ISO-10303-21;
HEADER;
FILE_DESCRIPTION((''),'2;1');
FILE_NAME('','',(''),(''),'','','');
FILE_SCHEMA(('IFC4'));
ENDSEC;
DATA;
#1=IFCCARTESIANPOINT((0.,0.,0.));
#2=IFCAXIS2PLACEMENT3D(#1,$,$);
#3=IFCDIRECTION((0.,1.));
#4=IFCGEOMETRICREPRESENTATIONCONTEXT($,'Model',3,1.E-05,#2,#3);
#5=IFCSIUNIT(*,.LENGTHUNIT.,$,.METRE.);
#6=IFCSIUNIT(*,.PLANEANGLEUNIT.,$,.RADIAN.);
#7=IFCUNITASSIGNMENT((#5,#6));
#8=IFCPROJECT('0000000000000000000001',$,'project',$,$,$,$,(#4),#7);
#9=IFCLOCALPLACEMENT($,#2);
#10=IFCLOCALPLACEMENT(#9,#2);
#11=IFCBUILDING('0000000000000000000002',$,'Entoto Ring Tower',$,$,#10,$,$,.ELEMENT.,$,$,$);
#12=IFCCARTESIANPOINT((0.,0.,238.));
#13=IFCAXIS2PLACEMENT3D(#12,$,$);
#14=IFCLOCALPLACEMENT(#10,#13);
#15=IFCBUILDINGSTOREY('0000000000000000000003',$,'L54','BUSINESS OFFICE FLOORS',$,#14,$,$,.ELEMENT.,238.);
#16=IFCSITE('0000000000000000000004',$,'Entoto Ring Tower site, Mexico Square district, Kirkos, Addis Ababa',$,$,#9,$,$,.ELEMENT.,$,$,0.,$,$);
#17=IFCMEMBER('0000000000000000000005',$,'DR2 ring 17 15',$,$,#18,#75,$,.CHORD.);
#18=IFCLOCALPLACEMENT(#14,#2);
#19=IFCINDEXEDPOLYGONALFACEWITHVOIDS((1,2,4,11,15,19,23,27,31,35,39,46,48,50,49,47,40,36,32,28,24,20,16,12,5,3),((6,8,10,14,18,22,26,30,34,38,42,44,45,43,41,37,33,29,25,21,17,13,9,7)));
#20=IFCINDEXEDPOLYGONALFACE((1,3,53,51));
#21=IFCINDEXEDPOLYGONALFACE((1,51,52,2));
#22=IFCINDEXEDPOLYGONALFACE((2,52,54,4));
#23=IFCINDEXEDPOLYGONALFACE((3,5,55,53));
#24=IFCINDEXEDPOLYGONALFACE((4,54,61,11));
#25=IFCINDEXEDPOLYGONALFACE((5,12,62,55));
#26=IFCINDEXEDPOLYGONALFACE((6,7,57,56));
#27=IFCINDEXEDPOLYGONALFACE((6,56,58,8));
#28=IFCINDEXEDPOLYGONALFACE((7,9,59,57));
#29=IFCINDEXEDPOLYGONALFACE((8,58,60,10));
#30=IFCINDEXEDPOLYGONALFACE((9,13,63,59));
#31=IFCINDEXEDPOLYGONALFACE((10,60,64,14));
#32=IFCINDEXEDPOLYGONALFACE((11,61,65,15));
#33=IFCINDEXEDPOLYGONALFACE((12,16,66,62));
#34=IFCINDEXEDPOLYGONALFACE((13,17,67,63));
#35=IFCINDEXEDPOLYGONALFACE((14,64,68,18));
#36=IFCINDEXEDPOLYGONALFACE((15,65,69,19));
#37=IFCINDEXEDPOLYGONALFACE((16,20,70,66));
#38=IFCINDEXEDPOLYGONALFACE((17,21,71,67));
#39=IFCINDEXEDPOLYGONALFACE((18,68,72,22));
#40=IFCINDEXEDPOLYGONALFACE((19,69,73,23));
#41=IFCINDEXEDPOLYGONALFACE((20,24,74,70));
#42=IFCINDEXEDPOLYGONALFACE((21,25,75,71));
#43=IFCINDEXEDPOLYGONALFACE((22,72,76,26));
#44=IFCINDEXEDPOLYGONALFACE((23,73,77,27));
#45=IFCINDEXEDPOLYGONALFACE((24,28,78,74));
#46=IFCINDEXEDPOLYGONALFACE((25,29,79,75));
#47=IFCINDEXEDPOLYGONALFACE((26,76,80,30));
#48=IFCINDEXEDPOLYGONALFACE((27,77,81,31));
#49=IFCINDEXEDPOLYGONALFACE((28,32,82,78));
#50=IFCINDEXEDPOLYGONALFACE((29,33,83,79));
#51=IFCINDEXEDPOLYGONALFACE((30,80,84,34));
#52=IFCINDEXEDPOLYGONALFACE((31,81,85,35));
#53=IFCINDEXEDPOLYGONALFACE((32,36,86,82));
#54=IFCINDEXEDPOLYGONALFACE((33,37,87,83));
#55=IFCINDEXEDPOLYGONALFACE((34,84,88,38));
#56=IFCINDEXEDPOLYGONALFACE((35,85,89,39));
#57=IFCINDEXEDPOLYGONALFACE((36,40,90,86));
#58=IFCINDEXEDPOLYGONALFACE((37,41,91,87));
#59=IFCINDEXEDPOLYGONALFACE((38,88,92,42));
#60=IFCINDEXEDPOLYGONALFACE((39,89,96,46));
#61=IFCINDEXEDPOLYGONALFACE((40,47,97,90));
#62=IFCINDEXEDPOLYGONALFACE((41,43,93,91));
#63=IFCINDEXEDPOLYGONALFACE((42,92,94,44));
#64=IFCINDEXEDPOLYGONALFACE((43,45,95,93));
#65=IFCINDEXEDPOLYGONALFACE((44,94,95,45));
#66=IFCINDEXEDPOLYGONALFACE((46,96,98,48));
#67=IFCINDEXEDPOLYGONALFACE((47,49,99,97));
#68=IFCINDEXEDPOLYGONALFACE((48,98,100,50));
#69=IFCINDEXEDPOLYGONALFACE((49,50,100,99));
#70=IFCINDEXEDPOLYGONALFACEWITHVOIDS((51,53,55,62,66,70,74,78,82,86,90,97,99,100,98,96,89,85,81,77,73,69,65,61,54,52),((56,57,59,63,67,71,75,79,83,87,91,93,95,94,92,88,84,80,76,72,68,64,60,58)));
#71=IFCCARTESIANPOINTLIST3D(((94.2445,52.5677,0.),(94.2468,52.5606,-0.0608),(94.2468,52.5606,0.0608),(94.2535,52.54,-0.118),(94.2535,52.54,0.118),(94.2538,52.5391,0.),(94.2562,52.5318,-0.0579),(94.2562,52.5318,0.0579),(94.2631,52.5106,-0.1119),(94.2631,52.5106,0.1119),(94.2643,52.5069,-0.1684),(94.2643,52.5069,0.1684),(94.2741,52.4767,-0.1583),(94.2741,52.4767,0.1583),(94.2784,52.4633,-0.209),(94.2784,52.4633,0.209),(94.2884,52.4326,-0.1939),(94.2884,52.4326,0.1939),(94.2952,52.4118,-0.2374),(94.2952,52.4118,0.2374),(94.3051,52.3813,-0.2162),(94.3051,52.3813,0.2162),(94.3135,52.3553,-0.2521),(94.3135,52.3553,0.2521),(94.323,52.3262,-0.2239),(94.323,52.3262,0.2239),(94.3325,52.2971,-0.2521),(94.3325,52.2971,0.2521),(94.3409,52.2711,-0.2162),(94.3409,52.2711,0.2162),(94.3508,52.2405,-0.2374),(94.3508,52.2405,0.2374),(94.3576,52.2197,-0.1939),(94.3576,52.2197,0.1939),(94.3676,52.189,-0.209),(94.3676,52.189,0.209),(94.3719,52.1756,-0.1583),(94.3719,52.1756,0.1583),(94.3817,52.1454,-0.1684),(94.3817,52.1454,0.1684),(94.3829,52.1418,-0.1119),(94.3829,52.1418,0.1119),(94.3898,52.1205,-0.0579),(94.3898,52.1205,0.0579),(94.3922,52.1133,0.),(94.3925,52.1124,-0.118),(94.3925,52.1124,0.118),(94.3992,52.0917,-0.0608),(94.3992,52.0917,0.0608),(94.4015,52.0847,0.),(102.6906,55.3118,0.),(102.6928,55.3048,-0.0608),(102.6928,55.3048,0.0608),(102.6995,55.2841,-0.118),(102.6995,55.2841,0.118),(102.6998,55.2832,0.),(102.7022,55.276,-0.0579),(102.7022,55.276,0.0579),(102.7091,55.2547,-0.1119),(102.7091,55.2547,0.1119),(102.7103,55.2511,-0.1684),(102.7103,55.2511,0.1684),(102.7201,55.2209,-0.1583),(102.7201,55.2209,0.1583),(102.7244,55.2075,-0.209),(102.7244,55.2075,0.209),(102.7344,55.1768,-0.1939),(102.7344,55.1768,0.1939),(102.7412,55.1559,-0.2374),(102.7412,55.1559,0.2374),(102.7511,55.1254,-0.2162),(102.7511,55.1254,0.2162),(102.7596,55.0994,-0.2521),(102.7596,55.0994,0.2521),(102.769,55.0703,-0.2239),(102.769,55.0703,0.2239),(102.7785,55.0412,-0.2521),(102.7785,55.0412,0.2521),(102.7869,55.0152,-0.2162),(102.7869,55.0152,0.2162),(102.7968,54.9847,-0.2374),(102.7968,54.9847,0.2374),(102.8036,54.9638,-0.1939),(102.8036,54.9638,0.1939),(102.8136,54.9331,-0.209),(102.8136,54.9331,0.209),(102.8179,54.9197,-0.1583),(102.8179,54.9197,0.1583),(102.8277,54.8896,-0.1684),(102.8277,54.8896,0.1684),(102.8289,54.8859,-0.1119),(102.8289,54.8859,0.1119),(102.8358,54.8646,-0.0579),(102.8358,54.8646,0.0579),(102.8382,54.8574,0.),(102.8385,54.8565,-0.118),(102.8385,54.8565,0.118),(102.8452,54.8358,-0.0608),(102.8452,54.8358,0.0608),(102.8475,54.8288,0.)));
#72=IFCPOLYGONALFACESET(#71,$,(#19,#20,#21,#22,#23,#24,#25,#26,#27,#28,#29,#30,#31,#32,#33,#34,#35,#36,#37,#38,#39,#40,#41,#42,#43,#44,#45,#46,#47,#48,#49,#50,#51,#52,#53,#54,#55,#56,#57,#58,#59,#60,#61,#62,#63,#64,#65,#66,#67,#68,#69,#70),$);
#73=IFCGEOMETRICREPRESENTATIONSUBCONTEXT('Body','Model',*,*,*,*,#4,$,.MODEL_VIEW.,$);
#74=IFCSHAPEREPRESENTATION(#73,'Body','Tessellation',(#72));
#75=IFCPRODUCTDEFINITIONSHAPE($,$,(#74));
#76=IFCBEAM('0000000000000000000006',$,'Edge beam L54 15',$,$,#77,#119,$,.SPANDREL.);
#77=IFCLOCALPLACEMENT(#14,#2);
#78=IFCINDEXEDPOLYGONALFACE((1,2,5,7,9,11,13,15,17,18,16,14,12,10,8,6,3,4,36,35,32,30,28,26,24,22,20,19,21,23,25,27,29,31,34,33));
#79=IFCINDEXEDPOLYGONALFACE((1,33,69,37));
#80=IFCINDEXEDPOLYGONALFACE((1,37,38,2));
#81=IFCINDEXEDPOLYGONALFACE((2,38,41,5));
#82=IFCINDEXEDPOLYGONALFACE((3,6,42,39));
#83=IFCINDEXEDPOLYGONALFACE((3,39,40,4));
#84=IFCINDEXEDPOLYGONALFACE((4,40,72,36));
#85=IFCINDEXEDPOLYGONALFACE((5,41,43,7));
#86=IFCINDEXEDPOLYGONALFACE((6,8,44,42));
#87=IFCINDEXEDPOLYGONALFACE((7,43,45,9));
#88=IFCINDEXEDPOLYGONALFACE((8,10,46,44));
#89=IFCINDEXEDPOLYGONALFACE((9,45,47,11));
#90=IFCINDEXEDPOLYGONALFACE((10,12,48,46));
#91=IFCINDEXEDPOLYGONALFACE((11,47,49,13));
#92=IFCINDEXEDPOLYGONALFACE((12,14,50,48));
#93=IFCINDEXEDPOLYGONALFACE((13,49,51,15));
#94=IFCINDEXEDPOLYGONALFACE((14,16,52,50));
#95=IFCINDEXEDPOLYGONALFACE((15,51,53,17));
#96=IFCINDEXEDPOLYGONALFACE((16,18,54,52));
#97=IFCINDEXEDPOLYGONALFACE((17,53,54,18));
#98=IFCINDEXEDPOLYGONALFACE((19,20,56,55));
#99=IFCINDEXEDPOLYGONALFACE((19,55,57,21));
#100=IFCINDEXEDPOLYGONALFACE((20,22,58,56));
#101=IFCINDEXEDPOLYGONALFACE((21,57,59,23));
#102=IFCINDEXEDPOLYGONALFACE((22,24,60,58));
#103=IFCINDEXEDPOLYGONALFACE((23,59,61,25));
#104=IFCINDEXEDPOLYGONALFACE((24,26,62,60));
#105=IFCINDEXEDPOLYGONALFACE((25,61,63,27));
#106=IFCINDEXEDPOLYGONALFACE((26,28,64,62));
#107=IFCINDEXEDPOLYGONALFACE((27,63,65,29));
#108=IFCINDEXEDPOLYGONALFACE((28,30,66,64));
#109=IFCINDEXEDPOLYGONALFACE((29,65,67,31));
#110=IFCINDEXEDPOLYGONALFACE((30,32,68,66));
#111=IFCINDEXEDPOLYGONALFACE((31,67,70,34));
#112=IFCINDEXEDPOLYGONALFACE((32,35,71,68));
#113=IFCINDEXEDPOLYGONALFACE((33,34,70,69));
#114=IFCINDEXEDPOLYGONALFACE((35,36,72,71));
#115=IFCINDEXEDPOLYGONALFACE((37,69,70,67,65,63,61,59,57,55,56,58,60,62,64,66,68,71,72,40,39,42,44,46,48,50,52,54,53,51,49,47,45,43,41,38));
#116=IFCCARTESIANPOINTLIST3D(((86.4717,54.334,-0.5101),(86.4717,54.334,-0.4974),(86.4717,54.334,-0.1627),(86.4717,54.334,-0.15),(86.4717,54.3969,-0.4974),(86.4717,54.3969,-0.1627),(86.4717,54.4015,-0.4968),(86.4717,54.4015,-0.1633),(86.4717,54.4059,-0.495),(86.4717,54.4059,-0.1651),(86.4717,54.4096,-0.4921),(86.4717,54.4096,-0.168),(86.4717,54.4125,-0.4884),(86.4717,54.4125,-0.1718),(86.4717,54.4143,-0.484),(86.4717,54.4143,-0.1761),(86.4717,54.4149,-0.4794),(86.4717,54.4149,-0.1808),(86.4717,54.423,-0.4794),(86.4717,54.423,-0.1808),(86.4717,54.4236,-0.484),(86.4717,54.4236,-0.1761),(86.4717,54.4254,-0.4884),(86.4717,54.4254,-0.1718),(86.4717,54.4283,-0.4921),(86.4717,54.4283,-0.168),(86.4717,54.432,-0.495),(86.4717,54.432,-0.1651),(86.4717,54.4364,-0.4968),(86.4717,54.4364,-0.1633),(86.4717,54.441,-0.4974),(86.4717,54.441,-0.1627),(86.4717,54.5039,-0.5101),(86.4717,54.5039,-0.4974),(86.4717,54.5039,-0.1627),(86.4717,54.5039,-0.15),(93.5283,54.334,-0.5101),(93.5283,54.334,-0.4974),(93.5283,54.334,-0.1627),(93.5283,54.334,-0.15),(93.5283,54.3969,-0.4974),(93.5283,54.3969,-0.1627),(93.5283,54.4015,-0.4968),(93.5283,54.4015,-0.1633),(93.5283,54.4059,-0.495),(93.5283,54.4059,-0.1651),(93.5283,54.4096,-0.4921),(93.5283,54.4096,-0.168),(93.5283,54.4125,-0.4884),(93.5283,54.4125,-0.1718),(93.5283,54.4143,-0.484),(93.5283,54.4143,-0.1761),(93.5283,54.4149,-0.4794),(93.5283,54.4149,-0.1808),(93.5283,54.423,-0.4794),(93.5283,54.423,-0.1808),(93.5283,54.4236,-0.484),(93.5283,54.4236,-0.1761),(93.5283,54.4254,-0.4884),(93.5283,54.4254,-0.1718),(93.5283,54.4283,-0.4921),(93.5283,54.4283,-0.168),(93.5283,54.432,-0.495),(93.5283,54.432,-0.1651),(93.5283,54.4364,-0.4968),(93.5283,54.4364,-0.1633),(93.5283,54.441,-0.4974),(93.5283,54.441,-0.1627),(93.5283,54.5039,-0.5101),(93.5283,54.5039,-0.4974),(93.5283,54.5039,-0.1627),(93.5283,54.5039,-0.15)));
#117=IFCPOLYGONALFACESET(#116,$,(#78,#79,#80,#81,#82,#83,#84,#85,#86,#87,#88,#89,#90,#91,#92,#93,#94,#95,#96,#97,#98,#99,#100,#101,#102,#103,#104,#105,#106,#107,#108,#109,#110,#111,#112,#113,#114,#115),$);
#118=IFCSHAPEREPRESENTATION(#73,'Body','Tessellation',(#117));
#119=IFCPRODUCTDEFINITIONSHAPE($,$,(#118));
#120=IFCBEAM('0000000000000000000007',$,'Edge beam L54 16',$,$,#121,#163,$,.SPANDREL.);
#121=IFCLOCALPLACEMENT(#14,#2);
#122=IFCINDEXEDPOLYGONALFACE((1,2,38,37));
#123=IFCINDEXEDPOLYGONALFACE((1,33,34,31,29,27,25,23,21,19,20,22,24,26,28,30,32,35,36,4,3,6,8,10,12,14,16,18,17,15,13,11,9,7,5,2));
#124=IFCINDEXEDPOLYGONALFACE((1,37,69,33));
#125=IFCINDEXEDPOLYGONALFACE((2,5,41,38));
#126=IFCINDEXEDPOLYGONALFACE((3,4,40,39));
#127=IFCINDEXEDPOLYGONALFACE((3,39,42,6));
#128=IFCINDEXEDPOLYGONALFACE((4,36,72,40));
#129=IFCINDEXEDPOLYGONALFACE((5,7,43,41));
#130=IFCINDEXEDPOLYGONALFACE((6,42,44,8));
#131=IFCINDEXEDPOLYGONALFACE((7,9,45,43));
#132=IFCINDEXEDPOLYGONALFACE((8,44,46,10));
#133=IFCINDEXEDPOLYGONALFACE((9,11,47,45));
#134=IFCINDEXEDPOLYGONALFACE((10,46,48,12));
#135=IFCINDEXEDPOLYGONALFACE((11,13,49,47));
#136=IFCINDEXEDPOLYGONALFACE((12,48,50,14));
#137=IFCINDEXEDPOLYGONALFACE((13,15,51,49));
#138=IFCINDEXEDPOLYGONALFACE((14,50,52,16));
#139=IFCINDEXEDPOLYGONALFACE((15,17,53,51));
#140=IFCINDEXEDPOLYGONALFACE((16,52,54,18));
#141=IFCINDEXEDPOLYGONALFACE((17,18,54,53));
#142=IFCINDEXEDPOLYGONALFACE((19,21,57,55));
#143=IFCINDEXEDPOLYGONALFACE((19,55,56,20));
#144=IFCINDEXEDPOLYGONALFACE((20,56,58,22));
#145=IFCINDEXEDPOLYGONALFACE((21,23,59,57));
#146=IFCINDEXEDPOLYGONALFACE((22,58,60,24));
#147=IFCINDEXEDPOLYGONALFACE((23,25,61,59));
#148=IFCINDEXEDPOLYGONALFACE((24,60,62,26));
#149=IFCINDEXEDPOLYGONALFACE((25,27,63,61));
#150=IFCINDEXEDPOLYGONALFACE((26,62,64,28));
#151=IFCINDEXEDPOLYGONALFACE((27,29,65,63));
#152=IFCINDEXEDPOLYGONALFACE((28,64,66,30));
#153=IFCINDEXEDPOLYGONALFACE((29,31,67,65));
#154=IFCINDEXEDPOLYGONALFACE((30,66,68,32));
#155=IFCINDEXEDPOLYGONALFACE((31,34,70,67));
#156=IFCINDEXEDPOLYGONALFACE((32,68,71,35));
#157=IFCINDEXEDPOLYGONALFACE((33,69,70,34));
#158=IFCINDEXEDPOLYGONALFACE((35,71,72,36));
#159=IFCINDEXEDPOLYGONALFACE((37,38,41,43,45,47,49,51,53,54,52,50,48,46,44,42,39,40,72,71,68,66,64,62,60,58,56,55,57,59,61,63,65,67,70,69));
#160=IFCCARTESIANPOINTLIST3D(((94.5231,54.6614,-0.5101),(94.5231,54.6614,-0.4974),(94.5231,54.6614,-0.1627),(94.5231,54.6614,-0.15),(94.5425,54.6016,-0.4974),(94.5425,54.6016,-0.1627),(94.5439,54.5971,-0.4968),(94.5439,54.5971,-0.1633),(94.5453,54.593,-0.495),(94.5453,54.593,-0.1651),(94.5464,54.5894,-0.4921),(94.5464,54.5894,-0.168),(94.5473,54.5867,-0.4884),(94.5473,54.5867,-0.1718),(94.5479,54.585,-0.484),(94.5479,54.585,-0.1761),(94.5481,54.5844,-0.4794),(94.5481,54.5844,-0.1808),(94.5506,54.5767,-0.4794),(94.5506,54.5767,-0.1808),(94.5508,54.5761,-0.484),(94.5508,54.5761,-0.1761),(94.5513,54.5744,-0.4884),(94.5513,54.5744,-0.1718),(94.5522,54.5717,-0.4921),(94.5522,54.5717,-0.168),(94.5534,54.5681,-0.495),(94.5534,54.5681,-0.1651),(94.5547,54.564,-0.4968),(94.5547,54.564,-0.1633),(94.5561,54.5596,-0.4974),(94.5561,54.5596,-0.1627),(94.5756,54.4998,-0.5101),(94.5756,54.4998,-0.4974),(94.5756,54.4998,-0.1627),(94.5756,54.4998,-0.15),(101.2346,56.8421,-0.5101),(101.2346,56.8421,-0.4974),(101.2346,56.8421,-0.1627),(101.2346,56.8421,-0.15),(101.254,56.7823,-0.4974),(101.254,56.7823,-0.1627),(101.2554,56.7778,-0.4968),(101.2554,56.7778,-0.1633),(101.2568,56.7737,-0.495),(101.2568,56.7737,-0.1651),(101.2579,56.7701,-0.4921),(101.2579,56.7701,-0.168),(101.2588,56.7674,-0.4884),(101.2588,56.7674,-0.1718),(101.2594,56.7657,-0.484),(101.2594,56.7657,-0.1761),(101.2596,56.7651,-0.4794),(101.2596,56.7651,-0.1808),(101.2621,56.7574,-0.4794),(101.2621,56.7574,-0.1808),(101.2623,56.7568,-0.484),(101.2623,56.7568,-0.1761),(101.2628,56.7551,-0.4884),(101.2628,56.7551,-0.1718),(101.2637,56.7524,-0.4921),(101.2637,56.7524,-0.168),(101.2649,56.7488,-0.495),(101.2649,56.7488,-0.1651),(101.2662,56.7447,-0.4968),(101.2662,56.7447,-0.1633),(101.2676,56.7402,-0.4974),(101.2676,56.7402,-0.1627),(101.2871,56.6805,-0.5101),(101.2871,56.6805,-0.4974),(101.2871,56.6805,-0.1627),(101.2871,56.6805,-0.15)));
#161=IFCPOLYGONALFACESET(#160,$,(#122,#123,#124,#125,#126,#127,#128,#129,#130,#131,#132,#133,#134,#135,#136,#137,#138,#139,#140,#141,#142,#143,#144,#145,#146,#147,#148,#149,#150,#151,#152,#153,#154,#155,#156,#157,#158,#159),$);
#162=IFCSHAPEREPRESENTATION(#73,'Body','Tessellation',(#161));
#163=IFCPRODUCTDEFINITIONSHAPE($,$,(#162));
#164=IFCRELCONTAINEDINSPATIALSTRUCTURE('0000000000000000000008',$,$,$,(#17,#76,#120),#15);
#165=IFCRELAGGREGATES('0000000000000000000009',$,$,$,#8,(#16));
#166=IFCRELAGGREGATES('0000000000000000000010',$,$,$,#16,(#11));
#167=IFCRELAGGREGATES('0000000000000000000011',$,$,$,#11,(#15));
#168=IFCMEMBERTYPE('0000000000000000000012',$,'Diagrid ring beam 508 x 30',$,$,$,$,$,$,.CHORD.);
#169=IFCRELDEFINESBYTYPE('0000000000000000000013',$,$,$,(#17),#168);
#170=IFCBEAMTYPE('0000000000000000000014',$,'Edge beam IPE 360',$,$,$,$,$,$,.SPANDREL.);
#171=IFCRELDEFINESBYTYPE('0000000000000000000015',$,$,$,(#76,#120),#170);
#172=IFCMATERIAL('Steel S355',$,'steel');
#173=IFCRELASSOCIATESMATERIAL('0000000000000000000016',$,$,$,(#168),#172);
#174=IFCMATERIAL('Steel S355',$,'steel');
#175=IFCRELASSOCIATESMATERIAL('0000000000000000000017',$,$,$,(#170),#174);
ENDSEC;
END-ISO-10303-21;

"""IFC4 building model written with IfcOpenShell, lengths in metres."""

from ifc_helpers import new_model, si_unit, direction, frame, origin, origin_2d, place, context, subcontext, project, spatial, circle, hollow_circle, i_section, extrude, material, material_profile, profile_set, type_object, element, save


model = new_model("IFC4")

# Units and contexts
model_context = context("Model", 3, precision=1e-05, world=origin(), true_north=direction((0.0, 1.0)))
body_context = subcontext(model_context, "Body", "Model", "MODEL_VIEW")
ifc_project = project(units=[si_unit("LENGTHUNIT", "METRE"), si_unit("PLANEANGLEUNIT", "RADIAN")], contexts=[model_context])

# Site, building, storey
site_placement = place(None, origin())
site = spatial("IfcSite", under=ifc_project, at=site_placement, Name="Entoto Ring Tower site, Mexico Square district, Kirkos, Addis Ababa", CompositionType="ELEMENT", RefElevation=0.0)
building_placement = place(site_placement, origin())
building = spatial("IfcBuilding", under=site, at=building_placement, Name="Entoto Ring Tower", CompositionType="ELEMENT")
storey_placement = place(building_placement, frame((0.0, 0.0, 238.0)))
storey = spatial("IfcBuildingStorey", under=building, at=storey_placement, Name="L54", Description="BUSINESS OFFICE FLOORS", CompositionType="ELEMENT", Elevation=238.0)

# Member
ifc_material_1 = material(Name="Steel S355", Category="steel")
ifc_material_profile_1 = material_profile(ifc_material_1, hollow_circle(Radius=0.2539, WallThickness=0.03, at=origin_2d()), Name="CHS 508 x 30")
ifc_material_2 = material(Name="Concrete C60/75", Category="concrete")
ifc_material_profile_2 = material_profile(ifc_material_2, circle(Radius=0.2241, at=origin_2d()), Name="Concrete C60/75 infill")
ifc_profile_set_1 = profile_set([ifc_material_profile_1, ifc_material_profile_2], Name="Steel S355")
member_type_1 = type_object("IfcMemberType", Name="Diagrid ring beam 508 x 30", PredefinedType="CHORD", material=ifc_profile_set_1)
member_1_placement = place(storey_placement, frame((94.323, 52.3262, 0.0), z_axis=(0.951061, 0.309002, 0.0), x_axis=(-0.309002, 0.951061, 0.0)))
element("IfcMember", 1, at=member_1_placement, inside=storey, type_object=member_type_1, Name="DR2 ring 17 15", PredefinedType="CHORD", context=body_context, shape_type="SweptSolid", body=[
    extrude(hollow_circle(Radius=0.2539, WallThickness=0.03, at=origin_2d()), origin(), (0.0, 0.0, 1.0), 8.8806),
])

# Beams
ifc_material_3 = material(Name="Steel S355", Category="steel")
ifc_material_profile_3 = material_profile(ifc_material_3, i_section(OverallWidth=0.1699, OverallDepth=0.3601, WebThickness=0.0081, FlangeThickness=0.0127, FilletRadius=0.0181, at=origin_2d()), Name="IPE 360")
ifc_profile_set_2 = profile_set([ifc_material_profile_3], Name="Steel S355")
beam_type_1 = type_object("IfcBeamType", Name="Edge beam IPE 360", PredefinedType="SPANDREL", material=ifc_profile_set_2)
beam_1_placement = place(storey_placement, frame((86.4717, 54.4189, -0.3301), z_axis=(1.0, 0.0, 0.0), x_axis=(0.0, 1.0, 0.0)))
element("IfcBeam", 2, at=beam_1_placement, inside=storey, type_object=beam_type_1, Name="Edge beam L54 15", PredefinedType="SPANDREL", context=body_context, shape_type="SweptSolid", body=[
    extrude(i_section(OverallWidth=0.1699, OverallDepth=0.3601, WebThickness=0.0081, FlangeThickness=0.0127, FilletRadius=0.0181, at=origin_2d()), origin(), (0.0, 0.0, 1.0), 7.0566),
])
beam_2_placement = place(storey_placement, frame((94.5493, 54.5806, -0.3301), z_axis=(0.951057, 0.309016, 0.0), x_axis=(-0.309016, 0.951057, 0.0)))
element("IfcBeam", 3, at=beam_2_placement, inside=storey, type_object=beam_type_1, Name="Edge beam L54 16", PredefinedType="SPANDREL", context=body_context, shape_type="SweptSolid", body=[
    extrude(i_section(OverallWidth=0.1699, OverallDepth=0.3601, WebThickness=0.0081, FlangeThickness=0.0127, FilletRadius=0.0181, at=origin_2d()), origin(), (0.0, 0.0, 1.0), 7.0569),
])

save(model, "model.ifc")
